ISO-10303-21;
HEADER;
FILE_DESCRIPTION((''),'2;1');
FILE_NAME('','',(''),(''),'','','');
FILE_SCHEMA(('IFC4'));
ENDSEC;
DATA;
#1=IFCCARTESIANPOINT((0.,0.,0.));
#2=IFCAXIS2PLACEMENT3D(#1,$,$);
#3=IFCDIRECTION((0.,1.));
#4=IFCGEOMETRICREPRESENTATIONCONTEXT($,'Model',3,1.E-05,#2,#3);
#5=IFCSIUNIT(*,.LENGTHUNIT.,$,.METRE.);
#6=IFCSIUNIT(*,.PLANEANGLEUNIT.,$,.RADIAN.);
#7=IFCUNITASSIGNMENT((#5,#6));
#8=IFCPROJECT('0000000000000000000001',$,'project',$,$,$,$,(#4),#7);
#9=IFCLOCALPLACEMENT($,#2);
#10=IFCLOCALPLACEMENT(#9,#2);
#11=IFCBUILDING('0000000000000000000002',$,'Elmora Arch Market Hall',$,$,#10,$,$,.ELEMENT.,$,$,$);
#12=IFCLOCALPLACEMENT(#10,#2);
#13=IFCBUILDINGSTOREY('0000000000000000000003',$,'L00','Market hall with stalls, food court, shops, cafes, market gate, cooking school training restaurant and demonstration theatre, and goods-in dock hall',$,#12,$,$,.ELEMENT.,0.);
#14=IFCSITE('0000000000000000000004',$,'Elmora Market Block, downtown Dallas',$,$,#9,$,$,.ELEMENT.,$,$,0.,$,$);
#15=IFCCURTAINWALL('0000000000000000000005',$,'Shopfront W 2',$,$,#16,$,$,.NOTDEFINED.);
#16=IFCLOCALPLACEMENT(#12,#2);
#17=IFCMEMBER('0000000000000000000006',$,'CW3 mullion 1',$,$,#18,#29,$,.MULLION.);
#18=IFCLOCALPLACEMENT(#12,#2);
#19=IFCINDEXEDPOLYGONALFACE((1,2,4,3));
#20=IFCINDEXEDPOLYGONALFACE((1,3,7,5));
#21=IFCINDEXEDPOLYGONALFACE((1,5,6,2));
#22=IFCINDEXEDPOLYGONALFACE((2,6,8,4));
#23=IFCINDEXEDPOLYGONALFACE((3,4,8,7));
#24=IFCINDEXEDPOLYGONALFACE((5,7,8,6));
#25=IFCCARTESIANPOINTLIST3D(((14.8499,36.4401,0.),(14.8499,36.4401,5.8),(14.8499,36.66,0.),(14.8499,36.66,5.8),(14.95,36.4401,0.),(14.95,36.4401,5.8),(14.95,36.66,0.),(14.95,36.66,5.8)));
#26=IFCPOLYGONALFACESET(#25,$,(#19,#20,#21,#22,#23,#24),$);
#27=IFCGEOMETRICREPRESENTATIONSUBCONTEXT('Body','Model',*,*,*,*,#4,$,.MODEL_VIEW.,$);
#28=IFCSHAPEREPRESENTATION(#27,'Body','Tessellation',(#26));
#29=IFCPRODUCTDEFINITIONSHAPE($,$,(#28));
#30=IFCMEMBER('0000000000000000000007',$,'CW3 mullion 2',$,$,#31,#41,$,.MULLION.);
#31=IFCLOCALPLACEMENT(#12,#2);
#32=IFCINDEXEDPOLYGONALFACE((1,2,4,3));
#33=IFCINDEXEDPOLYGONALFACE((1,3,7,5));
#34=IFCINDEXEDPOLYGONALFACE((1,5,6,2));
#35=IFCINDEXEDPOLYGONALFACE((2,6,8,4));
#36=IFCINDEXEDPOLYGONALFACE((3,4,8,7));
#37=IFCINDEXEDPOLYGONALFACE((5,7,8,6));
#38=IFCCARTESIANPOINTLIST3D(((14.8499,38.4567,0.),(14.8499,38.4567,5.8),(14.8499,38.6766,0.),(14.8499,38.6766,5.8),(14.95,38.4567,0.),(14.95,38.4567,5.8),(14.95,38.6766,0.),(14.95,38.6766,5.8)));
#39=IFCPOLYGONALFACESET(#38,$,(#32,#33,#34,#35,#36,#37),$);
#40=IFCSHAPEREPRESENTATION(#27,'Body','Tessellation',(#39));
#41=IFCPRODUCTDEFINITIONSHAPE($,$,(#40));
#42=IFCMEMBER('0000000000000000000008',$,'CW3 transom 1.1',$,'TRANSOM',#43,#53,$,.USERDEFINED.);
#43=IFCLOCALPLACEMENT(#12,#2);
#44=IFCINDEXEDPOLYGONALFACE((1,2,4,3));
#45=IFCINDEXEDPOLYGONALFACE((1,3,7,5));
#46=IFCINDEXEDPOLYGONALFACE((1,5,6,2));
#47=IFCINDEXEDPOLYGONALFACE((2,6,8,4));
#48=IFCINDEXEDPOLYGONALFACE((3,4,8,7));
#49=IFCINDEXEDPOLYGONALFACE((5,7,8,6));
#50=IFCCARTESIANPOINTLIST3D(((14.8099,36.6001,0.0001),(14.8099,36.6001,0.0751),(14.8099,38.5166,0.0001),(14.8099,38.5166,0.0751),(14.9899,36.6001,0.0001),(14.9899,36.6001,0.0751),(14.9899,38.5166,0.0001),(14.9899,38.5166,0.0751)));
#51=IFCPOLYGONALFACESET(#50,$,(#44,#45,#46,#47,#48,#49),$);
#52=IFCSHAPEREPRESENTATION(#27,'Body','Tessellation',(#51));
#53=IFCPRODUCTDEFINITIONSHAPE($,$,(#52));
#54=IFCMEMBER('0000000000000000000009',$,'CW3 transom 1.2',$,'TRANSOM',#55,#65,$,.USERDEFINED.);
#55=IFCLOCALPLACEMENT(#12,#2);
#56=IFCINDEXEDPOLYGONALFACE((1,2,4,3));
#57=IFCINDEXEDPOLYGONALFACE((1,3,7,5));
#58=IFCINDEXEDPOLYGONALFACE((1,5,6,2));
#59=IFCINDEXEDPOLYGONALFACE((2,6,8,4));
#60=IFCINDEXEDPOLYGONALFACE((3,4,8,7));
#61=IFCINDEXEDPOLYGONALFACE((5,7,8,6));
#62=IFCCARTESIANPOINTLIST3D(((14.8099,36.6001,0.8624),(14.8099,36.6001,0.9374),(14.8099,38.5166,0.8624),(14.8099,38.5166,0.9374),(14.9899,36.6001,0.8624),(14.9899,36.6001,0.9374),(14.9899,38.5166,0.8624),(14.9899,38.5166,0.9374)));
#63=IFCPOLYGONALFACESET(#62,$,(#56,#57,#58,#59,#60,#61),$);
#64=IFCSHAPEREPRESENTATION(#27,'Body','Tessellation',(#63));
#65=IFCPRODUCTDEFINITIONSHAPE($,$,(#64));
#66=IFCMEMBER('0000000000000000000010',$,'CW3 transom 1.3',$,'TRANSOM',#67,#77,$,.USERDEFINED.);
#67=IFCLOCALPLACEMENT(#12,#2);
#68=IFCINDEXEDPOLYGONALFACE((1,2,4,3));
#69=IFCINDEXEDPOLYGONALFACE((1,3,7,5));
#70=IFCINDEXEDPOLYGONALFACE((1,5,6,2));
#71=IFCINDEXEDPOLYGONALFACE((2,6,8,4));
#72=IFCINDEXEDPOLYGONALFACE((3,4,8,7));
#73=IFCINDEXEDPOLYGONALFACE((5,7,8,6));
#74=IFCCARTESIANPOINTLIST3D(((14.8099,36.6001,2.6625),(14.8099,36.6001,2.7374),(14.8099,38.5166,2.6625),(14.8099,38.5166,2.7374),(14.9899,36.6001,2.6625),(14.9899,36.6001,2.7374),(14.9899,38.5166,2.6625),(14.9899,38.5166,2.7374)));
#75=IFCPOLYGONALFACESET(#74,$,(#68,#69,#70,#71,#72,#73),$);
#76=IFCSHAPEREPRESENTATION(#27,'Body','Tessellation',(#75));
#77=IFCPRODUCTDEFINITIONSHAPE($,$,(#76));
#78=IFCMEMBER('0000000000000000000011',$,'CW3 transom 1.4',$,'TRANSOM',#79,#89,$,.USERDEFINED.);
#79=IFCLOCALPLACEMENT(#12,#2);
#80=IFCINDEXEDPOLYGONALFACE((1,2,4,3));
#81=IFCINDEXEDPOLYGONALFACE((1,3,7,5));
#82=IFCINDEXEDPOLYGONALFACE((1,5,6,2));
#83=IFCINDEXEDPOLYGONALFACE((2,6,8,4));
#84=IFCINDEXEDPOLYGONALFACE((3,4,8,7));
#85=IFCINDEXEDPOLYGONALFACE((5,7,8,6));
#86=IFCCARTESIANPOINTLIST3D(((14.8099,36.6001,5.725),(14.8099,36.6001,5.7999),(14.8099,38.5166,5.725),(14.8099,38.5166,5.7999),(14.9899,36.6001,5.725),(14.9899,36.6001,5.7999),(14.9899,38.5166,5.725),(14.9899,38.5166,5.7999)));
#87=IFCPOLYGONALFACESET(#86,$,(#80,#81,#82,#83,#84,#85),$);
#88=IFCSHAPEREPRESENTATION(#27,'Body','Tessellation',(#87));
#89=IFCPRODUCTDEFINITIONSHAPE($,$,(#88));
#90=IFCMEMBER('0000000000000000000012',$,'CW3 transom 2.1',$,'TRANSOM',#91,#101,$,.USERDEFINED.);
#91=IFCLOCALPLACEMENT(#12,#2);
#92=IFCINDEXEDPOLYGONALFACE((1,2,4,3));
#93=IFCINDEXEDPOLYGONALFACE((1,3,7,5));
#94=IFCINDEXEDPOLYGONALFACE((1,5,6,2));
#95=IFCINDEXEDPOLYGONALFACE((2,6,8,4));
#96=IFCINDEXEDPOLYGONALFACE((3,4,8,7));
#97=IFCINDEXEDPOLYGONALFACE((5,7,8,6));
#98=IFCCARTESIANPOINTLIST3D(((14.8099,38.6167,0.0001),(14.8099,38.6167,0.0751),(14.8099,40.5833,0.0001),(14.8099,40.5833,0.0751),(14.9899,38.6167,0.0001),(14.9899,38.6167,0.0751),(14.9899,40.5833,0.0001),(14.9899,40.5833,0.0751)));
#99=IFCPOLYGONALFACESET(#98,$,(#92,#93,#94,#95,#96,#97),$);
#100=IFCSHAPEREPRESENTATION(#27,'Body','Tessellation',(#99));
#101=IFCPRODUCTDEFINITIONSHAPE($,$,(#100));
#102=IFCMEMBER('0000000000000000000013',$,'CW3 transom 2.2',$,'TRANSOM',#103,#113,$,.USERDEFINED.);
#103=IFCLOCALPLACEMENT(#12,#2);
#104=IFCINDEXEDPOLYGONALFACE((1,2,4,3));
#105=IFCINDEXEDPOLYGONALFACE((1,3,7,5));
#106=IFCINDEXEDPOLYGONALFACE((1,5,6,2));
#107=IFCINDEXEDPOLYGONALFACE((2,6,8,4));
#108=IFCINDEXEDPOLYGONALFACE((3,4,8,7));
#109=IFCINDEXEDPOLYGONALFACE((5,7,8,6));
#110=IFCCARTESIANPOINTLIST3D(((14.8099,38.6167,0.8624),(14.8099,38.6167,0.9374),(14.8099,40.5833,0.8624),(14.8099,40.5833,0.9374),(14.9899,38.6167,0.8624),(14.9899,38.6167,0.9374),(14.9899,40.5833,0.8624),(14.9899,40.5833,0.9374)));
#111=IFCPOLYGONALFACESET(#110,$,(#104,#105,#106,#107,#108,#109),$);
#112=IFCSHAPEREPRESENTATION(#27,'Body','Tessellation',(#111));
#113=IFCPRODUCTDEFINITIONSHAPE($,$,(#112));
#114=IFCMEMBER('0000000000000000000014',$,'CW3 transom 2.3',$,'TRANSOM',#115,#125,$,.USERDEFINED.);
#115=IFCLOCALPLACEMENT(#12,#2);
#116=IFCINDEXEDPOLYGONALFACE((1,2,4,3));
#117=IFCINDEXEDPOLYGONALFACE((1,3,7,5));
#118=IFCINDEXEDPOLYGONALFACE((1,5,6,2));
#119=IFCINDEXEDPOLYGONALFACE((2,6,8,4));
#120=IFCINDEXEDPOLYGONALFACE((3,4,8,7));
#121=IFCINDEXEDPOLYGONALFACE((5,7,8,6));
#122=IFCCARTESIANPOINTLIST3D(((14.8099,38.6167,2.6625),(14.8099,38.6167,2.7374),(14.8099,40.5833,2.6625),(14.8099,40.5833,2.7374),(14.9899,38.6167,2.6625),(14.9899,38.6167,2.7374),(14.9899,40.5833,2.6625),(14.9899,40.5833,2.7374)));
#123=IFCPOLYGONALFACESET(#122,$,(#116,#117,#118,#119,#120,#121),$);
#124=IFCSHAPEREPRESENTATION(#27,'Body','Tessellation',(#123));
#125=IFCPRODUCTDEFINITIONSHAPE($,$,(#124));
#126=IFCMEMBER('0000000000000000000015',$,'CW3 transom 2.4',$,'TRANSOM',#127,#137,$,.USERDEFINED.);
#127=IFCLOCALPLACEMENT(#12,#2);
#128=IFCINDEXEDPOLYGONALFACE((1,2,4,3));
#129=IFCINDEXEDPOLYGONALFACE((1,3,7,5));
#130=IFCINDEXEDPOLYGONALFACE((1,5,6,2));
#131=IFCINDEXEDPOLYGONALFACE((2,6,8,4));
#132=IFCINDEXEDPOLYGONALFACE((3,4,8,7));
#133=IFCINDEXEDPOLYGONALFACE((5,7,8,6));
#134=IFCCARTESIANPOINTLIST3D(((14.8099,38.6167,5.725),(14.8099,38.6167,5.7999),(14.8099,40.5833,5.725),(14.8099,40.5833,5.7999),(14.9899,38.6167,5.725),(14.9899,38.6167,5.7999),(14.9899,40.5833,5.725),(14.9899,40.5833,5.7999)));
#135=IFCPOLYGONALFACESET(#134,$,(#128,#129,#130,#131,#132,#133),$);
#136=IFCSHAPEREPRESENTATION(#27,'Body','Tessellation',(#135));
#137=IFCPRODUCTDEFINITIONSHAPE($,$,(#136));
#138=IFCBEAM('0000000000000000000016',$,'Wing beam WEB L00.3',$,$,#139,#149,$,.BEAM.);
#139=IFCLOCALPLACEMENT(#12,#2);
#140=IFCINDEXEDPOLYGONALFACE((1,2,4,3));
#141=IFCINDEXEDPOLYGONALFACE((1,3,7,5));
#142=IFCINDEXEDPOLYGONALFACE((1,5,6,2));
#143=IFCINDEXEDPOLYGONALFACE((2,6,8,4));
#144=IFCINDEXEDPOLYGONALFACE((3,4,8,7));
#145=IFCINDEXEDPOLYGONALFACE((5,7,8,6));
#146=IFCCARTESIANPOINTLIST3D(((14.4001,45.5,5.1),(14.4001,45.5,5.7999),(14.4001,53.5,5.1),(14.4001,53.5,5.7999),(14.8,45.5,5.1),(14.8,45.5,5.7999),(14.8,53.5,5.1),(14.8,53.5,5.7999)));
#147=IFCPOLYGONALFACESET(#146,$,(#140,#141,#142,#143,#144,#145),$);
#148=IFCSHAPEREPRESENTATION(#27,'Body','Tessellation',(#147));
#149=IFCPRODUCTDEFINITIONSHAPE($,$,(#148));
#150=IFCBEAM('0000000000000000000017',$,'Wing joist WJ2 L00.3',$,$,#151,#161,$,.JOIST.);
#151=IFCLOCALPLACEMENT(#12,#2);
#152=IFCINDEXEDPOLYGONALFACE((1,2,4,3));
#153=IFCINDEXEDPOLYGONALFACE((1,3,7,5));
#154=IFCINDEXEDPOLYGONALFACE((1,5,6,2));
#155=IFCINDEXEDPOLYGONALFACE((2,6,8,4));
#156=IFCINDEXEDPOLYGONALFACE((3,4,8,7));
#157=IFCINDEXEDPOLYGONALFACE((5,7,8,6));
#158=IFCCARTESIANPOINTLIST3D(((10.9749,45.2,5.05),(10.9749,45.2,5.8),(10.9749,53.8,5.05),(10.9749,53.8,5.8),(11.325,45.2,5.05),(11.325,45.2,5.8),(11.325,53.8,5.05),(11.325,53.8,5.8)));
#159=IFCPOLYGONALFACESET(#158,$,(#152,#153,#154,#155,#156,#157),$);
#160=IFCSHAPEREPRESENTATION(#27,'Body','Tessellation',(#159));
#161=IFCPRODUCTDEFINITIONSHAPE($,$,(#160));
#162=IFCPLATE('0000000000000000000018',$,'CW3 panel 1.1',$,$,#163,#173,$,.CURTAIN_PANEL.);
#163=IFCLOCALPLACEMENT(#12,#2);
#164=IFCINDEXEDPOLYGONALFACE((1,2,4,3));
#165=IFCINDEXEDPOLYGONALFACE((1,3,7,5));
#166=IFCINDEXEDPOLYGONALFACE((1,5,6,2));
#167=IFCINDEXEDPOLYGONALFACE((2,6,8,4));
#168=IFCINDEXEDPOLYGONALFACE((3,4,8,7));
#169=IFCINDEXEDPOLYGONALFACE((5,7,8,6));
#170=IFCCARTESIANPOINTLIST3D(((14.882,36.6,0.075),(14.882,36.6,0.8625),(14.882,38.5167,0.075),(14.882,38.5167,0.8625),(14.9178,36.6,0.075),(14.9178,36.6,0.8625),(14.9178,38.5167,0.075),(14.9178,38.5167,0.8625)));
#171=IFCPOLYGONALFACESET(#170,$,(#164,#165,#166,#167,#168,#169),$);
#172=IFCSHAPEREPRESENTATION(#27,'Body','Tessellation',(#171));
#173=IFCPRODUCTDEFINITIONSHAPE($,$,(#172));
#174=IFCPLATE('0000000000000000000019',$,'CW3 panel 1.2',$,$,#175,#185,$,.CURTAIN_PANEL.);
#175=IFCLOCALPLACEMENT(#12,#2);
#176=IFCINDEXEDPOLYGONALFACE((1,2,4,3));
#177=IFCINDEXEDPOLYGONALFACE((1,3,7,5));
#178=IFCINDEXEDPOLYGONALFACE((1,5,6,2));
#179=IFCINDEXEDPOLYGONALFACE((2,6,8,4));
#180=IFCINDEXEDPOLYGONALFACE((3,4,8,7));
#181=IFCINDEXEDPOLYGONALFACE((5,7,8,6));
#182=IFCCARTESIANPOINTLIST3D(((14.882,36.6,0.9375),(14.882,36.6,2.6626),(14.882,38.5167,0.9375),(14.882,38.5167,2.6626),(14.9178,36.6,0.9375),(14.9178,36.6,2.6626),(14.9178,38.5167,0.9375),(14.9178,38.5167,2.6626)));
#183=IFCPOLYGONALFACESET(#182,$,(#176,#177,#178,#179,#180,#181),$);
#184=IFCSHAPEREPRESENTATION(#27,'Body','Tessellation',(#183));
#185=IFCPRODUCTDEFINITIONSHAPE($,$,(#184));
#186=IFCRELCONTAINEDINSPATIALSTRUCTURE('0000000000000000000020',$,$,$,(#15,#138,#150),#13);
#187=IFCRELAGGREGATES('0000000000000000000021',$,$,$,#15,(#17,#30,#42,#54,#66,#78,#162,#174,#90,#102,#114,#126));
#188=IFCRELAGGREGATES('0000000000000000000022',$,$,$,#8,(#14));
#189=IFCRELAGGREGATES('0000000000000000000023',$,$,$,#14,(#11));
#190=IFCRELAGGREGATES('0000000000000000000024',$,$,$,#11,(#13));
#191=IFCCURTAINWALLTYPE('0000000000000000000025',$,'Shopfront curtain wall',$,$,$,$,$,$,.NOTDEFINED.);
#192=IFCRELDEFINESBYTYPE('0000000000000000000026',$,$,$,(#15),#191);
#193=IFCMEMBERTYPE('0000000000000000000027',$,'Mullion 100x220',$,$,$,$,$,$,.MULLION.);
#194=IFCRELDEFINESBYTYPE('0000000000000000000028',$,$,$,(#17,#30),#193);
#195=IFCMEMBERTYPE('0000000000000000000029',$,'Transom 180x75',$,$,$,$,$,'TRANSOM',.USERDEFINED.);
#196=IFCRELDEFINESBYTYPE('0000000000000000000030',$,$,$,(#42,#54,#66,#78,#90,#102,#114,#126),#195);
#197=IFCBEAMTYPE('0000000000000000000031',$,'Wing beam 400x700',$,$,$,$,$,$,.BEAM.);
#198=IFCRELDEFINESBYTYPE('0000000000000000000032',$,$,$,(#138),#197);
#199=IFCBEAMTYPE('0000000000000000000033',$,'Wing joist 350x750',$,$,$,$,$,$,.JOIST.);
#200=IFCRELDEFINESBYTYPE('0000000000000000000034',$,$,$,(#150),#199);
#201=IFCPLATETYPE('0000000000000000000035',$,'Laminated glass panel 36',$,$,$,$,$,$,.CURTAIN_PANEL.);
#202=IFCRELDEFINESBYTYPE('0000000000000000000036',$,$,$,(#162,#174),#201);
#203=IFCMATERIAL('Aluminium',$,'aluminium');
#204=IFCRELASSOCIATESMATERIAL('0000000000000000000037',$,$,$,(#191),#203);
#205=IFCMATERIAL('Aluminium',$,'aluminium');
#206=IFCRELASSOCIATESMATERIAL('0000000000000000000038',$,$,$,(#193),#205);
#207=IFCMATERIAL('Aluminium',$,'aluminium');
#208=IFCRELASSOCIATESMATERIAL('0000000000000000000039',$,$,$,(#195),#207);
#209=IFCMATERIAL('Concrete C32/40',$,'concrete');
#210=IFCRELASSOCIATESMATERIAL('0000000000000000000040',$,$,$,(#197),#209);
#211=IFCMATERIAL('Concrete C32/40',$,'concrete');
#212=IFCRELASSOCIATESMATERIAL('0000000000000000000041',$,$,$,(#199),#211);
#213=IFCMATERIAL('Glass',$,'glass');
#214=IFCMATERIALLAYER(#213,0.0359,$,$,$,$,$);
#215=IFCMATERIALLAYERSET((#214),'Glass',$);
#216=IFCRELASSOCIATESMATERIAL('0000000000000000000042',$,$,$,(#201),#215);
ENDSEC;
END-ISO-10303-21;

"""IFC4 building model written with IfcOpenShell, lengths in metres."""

from ifc_helpers import new_model, si_unit, direction, frame, origin, origin_2d, place, context, subcontext, project, spatial, rectangle, extrude, material, layer, layer_set, material_profile, profile_set, type_object, element, aggregate, save


model = new_model("IFC4")

# Units and contexts
model_context = context("Model", 3, precision=1e-05, world=origin(), true_north=direction((0.0, 1.0)))
body_context = subcontext(model_context, "Body", "Model", "MODEL_VIEW")
ifc_project = project(units=[si_unit("LENGTHUNIT", "METRE"), si_unit("PLANEANGLEUNIT", "RADIAN")], contexts=[model_context])

# Site, building, storey
site_placement = place(None, origin())
site = spatial("IfcSite", under=ifc_project, at=site_placement, Name="Elmora Market Block, downtown Dallas", CompositionType="ELEMENT", RefElevation=0.0)
building_placement = place(site_placement, origin())
building = spatial("IfcBuilding", under=site, at=building_placement, Name="Elmora Arch Market Hall", CompositionType="ELEMENT")
storey_placement = place(building_placement, origin())
storey = spatial("IfcBuildingStorey", under=building, at=storey_placement, Name="L00", Description="Market hall with stalls, food court, shops, cafes, market gate, cooking school training restaurant and demonstration theatre, and goods-in dock hall", CompositionType="ELEMENT", Elevation=0.0)

# Curtain wall, members
ifc_material_1 = material(Name="Aluminium", Category="aluminium")
curtain_wall_type = type_object("IfcCurtainWallType", Name="Shopfront curtain wall", PredefinedType="NOTDEFINED", material=ifc_material_1)
curtain_wall_placement = place(storey_placement, origin())
curtain_wall = element("IfcCurtainWall", 1, at=curtain_wall_placement, inside=storey, type_object=curtain_wall_type, Name="Shopfront W 2", PredefinedType="NOTDEFINED")
ifc_material_2 = material(Name="Aluminium", Category="aluminium")
ifc_material_profile_1 = material_profile(ifc_material_2, rectangle(XDim=0.1001, YDim=0.22, at=origin_2d()), Name="AL 100x220")
ifc_profile_set_1 = profile_set([ifc_material_profile_1], Name="Aluminium")
member_type_1 = type_object("IfcMemberType", Name="Mullion 100x220", PredefinedType="MULLION", material=ifc_profile_set_1)
member_1_placement = place(storey_placement, frame((14.8999, 36.55, 0.0), z_axis=(0.0, 0.0, 1.0), x_axis=(-1.0, 0.0, 0.0)))
member_1 = element("IfcMember", 2, at=member_1_placement, type_object=member_type_1, Name="CW3 mullion 1", PredefinedType="MULLION", context=body_context, shape_type="SweptSolid", body=[
    extrude(rectangle(XDim=0.1001, YDim=0.22, at=origin_2d()), origin(), (0.0, 0.0, 1.0), 5.8),
])
member_2_placement = place(storey_placement, frame((14.8999, 38.5667, 0.0), z_axis=(0.0, 0.0, 1.0), x_axis=(-1.0, 0.0, 0.0)))
member_2 = element("IfcMember", 3, at=member_2_placement, type_object=member_type_1, Name="CW3 mullion 2", PredefinedType="MULLION", context=body_context, shape_type="SweptSolid", body=[
    extrude(rectangle(XDim=0.1001, YDim=0.22, at=origin_2d()), origin(), (0.0, 0.0, 1.0), 5.8),
])
ifc_material_3 = material(Name="Aluminium", Category="aluminium")
ifc_material_profile_2 = material_profile(ifc_material_3, rectangle(XDim=0.1799, YDim=0.075, at=origin_2d()), Name="AL 180x75")
ifc_profile_set_2 = profile_set([ifc_material_profile_2], Name="Aluminium")
member_type_2 = type_object("IfcMemberType", Name="Transom 180x75", ElementType="TRANSOM", PredefinedType="USERDEFINED", material=ifc_profile_set_2)
member_3_placement = place(storey_placement, frame((14.8999, 36.6001, 0.0376), z_axis=(0.0, 1.0, 0.0), x_axis=(-1.0, 0.0, 0.0)))
member_3 = element("IfcMember", 4, at=member_3_placement, type_object=member_type_2, Name="CW3 transom 1.1", ObjectType="TRANSOM", PredefinedType="USERDEFINED", context=body_context, shape_type="SweptSolid", body=[
    extrude(rectangle(XDim=0.1799, YDim=0.075, at=origin_2d()), origin(), (0.0, 0.0, 1.0), 1.9165),
])
member_4_placement = place(storey_placement, frame((14.8999, 36.6001, 0.8999), z_axis=(0.0, 1.0, 0.0), x_axis=(-1.0, 0.0, 0.0)))
member_4 = element("IfcMember", 5, at=member_4_placement, type_object=member_type_2, Name="CW3 transom 1.2", ObjectType="TRANSOM", PredefinedType="USERDEFINED", context=body_context, shape_type="SweptSolid", body=[
    extrude(rectangle(XDim=0.1799, YDim=0.075, at=origin_2d()), origin(), (0.0, 0.0, 1.0), 1.9165),
])
member_5_placement = place(storey_placement, frame((14.8999, 36.6001, 2.7), z_axis=(0.0, 1.0, 0.0), x_axis=(-1.0, 0.0, 0.0)))
member_5 = element("IfcMember", 6, at=member_5_placement, type_object=member_type_2, Name="CW3 transom 1.3", ObjectType="TRANSOM", PredefinedType="USERDEFINED", context=body_context, shape_type="SweptSolid", body=[
    extrude(rectangle(XDim=0.1799, YDim=0.075, at=origin_2d()), origin(), (0.0, 0.0, 1.0), 1.9165),
])
member_6_placement = place(storey_placement, frame((14.8999, 36.6001, 5.7625), z_axis=(0.0, 1.0, 0.0), x_axis=(-1.0, 0.0, 0.0)))
member_6 = element("IfcMember", 7, at=member_6_placement, type_object=member_type_2, Name="CW3 transom 1.4", ObjectType="TRANSOM", PredefinedType="USERDEFINED", context=body_context, shape_type="SweptSolid", body=[
    extrude(rectangle(XDim=0.1799, YDim=0.075, at=origin_2d()), origin(), (0.0, 0.0, 1.0), 1.9165),
])
member_7_placement = place(storey_placement, frame((14.8999, 38.6167, 0.0376), z_axis=(0.0, 1.0, 0.0), x_axis=(-1.0, 0.0, 0.0)))
member_7 = element("IfcMember", 8, at=member_7_placement, type_object=member_type_2, Name="CW3 transom 2.1", ObjectType="TRANSOM", PredefinedType="USERDEFINED", context=body_context, shape_type="SweptSolid", body=[
    extrude(rectangle(XDim=0.1799, YDim=0.075, at=origin_2d()), origin(), (0.0, 0.0, 1.0), 1.9666),
])
member_8_placement = place(storey_placement, frame((14.8999, 38.6167, 0.8999), z_axis=(0.0, 1.0, 0.0), x_axis=(-1.0, 0.0, 0.0)))
member_8 = element("IfcMember", 9, at=member_8_placement, type_object=member_type_2, Name="CW3 transom 2.2", ObjectType="TRANSOM", PredefinedType="USERDEFINED", context=body_context, shape_type="SweptSolid", body=[
    extrude(rectangle(XDim=0.1799, YDim=0.075, at=origin_2d()), origin(), (0.0, 0.0, 1.0), 1.9666),
])
member_9_placement = place(storey_placement, frame((14.8999, 38.6167, 2.7), z_axis=(0.0, 1.0, 0.0), x_axis=(-1.0, 0.0, 0.0)))
member_9 = element("IfcMember", 10, at=member_9_placement, type_object=member_type_2, Name="CW3 transom 2.3", ObjectType="TRANSOM", PredefinedType="USERDEFINED", context=body_context, shape_type="SweptSolid", body=[
    extrude(rectangle(XDim=0.1799, YDim=0.075, at=origin_2d()), origin(), (0.0, 0.0, 1.0), 1.9666),
])
member_10_placement = place(storey_placement, frame((14.8999, 38.6167, 5.7625), z_axis=(0.0, 1.0, 0.0), x_axis=(-1.0, 0.0, 0.0)))
member_10 = element("IfcMember", 11, at=member_10_placement, type_object=member_type_2, Name="CW3 transom 2.4", ObjectType="TRANSOM", PredefinedType="USERDEFINED", context=body_context, shape_type="SweptSolid", body=[
    extrude(rectangle(XDim=0.1799, YDim=0.075, at=origin_2d()), origin(), (0.0, 0.0, 1.0), 1.9666),
])

# Beams
ifc_material_4 = material(Name="Concrete C32/40", Category="concrete")
ifc_material_profile_3 = material_profile(ifc_material_4, rectangle(XDim=0.3999, YDim=0.7, at=origin_2d()), Name="Wing beam 400x700")
ifc_profile_set_3 = profile_set([ifc_material_profile_3], Name="Concrete C32/40")
beam_type_1 = type_object("IfcBeamType", Name="Wing beam 400x700", PredefinedType="BEAM", material=ifc_profile_set_3)
beam_1_placement = place(storey_placement, frame((14.6001, 45.5, 5.45), z_axis=(0.0, 1.0, 0.0), x_axis=(-1.0, 0.0, 0.0)))
element("IfcBeam", 12, at=beam_1_placement, inside=storey, type_object=beam_type_1, Name="Wing beam WEB L00.3", PredefinedType="BEAM", context=body_context, shape_type="SweptSolid", body=[
    extrude(rectangle(XDim=0.3999, YDim=0.7, at=origin_2d()), origin(), (0.0, 0.0, 1.0), 8.0),
])
ifc_material_5 = material(Name="Concrete C32/40", Category="concrete")
ifc_material_profile_4 = material_profile(ifc_material_5, rectangle(XDim=0.3501, YDim=0.75, at=origin_2d()), Name="Wing joist 350x750")
ifc_profile_set_4 = profile_set([ifc_material_profile_4], Name="Concrete C32/40")
beam_type_2 = type_object("IfcBeamType", Name="Wing joist 350x750", PredefinedType="JOIST", material=ifc_profile_set_4)
beam_2_placement = place(storey_placement, frame((11.1499, 45.2, 5.425), z_axis=(0.0, 1.0, 0.0), x_axis=(-1.0, 0.0, 0.0)))
element("IfcBeam", 13, at=beam_2_placement, inside=storey, type_object=beam_type_2, Name="Wing joist WJ2 L00.3", PredefinedType="JOIST", context=body_context, shape_type="SweptSolid", body=[
    extrude(rectangle(XDim=0.3501, YDim=0.75, at=origin_2d()), origin(), (0.0, 0.0, 1.0), 8.6001),
])

# Plates
ifc_material_6 = material(Name="Glass", Category="glass")
ifc_layer = layer(ifc_material_6, 0.0359)
ifc_layer_set = layer_set([ifc_layer], Name="Glass")
plate_type = type_object("IfcPlateType", Name="Laminated glass panel 36", PredefinedType="CURTAIN_PANEL", material=ifc_layer_set)
plate_1_placement = place(storey_placement, frame((14.8999, 37.5583, 0.075), z_axis=(0.0, 0.0, 1.0), x_axis=(0.0, 1.0, 0.0)))
plate_1 = element("IfcPlate", 14, at=plate_1_placement, type_object=plate_type, Name="CW3 panel 1.1", PredefinedType="CURTAIN_PANEL", context=body_context, shape_type="SweptSolid", body=[
    extrude(rectangle(XDim=1.9167, YDim=0.0359, at=origin_2d()), origin(), (0.0, 0.0, 1.0), 0.7876),
])
plate_2_placement = place(storey_placement, frame((14.8999, 37.5583, 0.9375), z_axis=(0.0, 0.0, 1.0), x_axis=(0.0, 1.0, 0.0)))
plate_2 = element("IfcPlate", 15, at=plate_2_placement, type_object=plate_type, Name="CW3 panel 1.2", PredefinedType="CURTAIN_PANEL", context=body_context, shape_type="SweptSolid", body=[
    extrude(rectangle(XDim=1.9167, YDim=0.0359, at=origin_2d()), origin(), (0.0, 0.0, 1.0), 1.7251),
])
aggregate(curtain_wall, [member_1, member_2, member_3, member_4, member_5, member_6, plate_1, plate_2, member_7, member_8, member_9, member_10])

save(model, "model.ifc")
